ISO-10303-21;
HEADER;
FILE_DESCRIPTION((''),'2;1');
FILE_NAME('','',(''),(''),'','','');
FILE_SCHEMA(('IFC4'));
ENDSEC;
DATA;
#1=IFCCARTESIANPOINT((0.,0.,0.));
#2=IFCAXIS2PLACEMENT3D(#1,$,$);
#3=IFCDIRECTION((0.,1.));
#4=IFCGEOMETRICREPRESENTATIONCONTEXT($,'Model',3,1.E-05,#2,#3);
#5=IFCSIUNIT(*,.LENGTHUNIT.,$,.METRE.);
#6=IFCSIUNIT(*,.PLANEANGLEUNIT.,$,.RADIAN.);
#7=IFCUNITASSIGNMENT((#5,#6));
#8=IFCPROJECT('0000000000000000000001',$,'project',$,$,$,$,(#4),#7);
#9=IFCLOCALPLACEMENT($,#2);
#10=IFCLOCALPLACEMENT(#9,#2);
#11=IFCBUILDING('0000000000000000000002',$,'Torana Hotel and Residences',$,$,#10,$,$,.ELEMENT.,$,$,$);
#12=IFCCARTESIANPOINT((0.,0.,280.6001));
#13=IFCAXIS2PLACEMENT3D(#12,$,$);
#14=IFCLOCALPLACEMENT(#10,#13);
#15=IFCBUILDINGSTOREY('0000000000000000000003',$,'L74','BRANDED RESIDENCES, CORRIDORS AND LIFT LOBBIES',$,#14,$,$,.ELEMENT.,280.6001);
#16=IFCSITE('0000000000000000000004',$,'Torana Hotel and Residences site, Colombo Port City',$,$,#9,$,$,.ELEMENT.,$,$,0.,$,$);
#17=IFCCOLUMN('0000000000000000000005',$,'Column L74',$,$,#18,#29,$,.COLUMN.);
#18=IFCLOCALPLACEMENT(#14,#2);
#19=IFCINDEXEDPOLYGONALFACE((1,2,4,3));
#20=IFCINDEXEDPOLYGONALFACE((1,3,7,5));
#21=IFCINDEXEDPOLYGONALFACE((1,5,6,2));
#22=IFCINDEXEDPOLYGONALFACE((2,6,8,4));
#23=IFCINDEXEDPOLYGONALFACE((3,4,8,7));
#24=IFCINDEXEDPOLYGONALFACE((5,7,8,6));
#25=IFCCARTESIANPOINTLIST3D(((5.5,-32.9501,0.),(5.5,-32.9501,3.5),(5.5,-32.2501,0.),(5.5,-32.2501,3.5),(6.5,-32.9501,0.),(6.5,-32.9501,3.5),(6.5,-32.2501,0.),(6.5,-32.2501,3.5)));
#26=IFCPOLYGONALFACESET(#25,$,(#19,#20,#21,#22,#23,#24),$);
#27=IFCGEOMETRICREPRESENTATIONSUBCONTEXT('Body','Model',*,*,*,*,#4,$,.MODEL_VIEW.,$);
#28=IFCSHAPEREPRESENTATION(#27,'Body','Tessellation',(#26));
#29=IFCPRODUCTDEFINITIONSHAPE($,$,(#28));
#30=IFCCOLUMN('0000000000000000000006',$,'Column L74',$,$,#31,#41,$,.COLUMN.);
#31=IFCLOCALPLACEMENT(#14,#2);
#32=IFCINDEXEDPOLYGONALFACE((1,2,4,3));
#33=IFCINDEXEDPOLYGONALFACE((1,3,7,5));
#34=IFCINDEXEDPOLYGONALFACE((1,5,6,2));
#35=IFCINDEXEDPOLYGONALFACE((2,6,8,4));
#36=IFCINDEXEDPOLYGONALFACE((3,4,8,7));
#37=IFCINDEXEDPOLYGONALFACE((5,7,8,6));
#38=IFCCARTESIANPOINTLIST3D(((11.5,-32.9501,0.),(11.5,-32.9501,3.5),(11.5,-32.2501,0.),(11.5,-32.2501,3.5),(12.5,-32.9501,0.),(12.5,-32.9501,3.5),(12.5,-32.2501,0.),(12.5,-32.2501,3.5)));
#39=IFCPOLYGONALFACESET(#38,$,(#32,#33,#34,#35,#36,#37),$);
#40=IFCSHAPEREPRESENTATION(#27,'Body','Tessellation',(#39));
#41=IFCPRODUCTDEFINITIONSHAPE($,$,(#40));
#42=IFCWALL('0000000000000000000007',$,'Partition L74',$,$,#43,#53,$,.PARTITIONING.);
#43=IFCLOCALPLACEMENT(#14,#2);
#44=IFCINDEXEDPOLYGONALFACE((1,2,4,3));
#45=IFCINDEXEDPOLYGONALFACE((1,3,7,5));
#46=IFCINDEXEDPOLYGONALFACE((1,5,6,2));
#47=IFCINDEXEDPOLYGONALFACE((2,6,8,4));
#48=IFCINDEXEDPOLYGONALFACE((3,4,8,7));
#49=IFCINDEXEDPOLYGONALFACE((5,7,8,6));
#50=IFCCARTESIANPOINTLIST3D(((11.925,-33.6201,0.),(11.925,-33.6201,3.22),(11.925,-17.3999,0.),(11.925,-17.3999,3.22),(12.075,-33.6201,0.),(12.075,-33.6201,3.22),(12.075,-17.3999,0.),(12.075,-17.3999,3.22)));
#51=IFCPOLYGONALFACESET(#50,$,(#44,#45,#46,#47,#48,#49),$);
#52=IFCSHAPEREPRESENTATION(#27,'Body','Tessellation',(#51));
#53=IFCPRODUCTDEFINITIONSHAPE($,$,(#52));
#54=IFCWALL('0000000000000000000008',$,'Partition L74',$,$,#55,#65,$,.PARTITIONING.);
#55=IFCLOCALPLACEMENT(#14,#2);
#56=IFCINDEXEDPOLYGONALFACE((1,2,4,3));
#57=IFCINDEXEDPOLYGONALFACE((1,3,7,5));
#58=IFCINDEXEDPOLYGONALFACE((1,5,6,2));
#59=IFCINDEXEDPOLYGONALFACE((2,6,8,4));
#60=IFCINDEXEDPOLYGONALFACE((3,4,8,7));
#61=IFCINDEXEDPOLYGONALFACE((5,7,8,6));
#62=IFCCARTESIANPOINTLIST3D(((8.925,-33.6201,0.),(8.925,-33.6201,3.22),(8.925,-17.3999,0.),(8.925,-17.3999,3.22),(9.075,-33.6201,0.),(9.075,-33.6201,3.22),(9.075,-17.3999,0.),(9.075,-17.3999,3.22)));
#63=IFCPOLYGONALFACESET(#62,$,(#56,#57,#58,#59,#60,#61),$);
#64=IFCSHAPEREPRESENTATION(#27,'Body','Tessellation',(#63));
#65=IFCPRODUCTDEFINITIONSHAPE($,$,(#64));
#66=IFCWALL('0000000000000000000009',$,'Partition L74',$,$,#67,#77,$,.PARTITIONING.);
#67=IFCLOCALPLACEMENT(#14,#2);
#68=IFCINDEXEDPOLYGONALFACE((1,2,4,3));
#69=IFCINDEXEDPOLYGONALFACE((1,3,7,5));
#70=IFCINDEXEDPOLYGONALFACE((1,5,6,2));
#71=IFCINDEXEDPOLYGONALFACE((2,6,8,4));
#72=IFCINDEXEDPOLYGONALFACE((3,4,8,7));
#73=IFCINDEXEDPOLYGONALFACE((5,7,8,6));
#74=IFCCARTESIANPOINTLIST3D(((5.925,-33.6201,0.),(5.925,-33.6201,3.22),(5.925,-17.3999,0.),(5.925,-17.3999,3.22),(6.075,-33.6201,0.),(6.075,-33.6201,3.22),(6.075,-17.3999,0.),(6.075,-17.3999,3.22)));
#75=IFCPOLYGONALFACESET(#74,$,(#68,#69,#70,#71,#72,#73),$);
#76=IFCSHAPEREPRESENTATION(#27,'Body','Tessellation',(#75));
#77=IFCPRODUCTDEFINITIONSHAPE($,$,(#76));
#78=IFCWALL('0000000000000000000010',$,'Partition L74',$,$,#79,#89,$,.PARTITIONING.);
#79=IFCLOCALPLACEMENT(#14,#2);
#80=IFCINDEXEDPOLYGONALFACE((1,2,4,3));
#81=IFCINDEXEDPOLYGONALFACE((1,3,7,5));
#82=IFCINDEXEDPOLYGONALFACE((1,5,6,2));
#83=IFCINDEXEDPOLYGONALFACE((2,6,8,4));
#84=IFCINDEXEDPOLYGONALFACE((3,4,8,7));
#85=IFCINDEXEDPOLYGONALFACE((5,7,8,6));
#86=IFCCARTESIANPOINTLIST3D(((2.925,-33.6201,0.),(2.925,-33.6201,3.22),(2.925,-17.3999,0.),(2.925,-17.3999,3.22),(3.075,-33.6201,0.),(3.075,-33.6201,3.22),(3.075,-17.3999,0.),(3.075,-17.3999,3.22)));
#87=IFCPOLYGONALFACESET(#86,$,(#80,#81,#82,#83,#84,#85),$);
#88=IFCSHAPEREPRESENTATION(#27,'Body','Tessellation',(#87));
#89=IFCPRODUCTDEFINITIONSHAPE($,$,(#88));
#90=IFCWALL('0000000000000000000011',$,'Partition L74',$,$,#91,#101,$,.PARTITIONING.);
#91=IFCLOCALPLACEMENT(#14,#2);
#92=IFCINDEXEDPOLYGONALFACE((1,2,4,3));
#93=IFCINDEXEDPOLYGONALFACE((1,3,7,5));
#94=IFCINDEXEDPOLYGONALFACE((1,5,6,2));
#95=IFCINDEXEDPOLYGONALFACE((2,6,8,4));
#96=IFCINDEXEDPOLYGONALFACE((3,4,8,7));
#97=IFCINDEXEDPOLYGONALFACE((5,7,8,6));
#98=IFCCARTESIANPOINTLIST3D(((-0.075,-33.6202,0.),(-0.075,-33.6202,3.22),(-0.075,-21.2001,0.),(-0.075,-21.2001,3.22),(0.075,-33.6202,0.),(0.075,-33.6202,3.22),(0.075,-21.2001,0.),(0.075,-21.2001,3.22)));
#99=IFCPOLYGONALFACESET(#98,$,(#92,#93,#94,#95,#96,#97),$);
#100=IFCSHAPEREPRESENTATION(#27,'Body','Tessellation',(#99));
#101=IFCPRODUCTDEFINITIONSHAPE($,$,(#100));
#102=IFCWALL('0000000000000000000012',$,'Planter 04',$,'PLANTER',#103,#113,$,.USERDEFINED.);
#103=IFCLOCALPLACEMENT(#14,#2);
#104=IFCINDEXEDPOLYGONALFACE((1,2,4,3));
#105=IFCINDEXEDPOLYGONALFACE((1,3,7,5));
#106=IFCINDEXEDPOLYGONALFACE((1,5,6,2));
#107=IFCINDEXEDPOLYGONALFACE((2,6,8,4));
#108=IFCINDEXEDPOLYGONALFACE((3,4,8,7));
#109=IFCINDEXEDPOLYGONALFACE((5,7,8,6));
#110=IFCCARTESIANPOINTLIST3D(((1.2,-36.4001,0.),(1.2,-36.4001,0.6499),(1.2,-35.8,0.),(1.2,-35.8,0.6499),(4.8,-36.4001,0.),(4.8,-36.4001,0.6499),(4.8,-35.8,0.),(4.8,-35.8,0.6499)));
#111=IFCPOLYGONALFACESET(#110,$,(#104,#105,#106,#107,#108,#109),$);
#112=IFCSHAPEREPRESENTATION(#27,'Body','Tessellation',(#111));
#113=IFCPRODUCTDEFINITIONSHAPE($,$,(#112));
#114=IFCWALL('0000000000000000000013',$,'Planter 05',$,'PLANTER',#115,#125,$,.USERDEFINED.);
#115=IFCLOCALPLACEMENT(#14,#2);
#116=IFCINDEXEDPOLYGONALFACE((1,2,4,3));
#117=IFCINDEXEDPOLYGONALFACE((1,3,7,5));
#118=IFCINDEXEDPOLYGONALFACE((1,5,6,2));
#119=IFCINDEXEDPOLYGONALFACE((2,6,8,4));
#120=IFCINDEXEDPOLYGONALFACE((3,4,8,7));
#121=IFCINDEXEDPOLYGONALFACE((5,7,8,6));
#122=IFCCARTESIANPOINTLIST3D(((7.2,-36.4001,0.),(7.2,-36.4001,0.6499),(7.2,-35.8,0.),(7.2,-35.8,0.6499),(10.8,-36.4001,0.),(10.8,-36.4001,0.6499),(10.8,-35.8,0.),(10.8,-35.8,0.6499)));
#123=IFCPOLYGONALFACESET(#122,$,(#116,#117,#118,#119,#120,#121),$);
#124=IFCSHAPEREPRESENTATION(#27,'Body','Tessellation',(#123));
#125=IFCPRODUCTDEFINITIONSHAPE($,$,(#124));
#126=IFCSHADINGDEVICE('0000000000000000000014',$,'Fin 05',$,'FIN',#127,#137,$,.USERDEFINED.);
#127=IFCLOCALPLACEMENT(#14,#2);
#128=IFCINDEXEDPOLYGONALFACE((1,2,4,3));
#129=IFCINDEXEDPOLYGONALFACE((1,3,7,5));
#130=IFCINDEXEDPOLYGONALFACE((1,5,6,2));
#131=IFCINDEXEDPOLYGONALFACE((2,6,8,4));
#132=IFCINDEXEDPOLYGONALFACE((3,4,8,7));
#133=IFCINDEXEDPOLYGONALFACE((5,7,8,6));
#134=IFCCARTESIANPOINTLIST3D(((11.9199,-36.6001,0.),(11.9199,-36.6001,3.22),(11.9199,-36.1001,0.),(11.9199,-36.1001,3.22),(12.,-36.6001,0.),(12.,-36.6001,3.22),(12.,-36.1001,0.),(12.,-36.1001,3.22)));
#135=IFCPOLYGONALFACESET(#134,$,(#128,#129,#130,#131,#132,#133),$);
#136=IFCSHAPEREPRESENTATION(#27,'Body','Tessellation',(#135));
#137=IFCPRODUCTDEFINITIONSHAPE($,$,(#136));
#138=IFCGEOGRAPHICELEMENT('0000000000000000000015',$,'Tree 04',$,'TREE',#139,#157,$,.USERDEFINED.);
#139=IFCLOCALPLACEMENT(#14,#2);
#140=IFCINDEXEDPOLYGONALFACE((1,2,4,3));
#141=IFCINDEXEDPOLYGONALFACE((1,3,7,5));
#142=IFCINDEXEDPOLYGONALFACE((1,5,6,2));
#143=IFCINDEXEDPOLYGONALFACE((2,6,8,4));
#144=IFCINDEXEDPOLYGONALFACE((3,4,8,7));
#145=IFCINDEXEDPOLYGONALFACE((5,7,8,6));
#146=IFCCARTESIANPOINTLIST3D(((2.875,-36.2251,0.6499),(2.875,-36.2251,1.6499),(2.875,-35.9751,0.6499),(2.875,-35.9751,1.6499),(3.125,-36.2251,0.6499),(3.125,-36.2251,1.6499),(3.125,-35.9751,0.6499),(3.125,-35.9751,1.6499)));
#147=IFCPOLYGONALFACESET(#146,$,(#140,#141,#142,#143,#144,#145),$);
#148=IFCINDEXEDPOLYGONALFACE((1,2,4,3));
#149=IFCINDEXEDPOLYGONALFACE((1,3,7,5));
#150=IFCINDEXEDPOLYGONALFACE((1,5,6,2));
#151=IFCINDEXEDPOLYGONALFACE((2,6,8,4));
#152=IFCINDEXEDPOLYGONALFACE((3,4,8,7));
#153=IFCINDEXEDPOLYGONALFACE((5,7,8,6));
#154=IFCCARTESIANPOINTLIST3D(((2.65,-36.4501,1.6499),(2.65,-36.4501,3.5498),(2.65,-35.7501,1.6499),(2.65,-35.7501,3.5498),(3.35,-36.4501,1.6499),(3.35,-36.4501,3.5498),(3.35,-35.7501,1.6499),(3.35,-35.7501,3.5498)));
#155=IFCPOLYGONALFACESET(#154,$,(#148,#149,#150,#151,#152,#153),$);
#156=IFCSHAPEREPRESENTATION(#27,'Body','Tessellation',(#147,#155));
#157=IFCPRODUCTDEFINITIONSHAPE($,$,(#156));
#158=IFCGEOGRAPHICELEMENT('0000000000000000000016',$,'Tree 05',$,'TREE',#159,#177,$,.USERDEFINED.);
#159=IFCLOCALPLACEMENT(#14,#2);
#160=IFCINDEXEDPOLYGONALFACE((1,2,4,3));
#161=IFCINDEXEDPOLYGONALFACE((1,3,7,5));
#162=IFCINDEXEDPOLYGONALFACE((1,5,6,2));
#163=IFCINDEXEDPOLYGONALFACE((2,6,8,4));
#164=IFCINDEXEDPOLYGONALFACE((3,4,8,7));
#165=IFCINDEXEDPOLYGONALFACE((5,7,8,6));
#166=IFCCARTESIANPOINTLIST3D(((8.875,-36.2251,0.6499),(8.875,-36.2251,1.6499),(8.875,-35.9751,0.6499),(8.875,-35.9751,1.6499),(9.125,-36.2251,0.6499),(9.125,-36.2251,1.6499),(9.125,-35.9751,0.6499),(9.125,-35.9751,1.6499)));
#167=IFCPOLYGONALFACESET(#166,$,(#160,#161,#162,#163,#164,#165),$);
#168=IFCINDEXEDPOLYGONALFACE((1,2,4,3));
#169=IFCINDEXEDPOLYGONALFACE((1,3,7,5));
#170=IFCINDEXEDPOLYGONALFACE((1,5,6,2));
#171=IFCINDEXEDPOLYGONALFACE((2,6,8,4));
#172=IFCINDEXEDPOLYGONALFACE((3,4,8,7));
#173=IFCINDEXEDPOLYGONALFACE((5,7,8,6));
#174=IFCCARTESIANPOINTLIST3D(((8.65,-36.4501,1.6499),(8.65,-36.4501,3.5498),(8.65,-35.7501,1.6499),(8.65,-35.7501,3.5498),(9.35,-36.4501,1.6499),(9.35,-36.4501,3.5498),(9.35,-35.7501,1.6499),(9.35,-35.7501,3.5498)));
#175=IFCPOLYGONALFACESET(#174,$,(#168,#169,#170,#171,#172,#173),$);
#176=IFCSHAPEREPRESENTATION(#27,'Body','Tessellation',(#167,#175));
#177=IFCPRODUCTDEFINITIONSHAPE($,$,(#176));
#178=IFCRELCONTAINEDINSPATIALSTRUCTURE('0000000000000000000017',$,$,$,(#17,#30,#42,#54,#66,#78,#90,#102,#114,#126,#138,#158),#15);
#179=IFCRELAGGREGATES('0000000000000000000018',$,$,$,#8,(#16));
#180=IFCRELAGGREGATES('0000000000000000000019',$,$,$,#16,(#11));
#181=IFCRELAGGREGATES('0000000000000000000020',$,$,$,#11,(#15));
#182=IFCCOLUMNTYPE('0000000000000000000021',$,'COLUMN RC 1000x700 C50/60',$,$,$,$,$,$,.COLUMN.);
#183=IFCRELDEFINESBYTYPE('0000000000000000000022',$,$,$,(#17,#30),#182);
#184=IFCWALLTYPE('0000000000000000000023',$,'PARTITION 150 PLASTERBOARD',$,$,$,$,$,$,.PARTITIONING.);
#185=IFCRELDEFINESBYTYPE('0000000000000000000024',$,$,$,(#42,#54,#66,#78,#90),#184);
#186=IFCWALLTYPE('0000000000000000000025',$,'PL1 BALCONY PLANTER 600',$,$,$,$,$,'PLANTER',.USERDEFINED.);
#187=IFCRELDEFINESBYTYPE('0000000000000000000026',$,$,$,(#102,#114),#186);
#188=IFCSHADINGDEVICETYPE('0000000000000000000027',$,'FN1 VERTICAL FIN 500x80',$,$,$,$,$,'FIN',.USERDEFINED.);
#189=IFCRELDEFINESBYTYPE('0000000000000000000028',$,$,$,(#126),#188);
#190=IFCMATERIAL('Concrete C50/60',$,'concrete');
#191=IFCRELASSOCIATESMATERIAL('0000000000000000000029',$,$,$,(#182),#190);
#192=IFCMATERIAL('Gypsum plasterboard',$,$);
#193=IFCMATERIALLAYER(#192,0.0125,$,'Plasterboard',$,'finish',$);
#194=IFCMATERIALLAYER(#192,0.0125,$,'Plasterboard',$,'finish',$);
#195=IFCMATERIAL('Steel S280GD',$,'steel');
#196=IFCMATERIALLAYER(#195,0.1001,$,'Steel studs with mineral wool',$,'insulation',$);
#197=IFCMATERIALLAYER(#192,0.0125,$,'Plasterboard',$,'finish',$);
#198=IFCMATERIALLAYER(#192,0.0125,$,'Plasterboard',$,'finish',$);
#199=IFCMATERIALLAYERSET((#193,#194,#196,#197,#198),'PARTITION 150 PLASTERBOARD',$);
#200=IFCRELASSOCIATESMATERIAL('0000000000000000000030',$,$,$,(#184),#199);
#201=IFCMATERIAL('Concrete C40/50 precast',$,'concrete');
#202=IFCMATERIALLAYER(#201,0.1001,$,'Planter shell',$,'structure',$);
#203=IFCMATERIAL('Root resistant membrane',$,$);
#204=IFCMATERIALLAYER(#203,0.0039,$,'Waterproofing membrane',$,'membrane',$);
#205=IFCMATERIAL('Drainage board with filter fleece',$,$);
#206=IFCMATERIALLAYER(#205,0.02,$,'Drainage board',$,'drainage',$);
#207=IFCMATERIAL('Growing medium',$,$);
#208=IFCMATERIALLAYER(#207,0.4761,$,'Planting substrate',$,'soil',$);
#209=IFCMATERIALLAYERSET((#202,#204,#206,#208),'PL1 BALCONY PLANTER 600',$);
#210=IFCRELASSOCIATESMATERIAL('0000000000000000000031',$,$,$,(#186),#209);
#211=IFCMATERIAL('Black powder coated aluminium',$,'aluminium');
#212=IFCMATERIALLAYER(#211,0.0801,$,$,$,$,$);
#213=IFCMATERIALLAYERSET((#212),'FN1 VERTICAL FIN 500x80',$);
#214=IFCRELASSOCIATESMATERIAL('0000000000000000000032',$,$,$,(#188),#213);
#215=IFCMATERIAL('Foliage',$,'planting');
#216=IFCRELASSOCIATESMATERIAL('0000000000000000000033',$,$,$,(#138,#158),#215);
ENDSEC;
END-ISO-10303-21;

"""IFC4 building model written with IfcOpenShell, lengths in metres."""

from ifc_helpers import new_model, si_unit, direction, frame, frame_2d, origin, origin_2d, place, context, subcontext, project, spatial, rectangle, extrude, material, layer, layer_set, material_profile, profile_set, type_object, element, save


model = new_model("IFC4")

# Units and contexts
model_context = context("Model", 3, precision=1e-05, world=origin(), true_north=direction((0.0, 1.0)))
body_context = subcontext(model_context, "Body", "Model", "MODEL_VIEW")
ifc_project = project(units=[si_unit("LENGTHUNIT", "METRE"), si_unit("PLANEANGLEUNIT", "RADIAN")], contexts=[model_context])

# Site, building, storey
site_placement = place(None, origin())
site = spatial("IfcSite", under=ifc_project, at=site_placement, Name="Torana Hotel and Residences site, Colombo Port City", CompositionType="ELEMENT", RefElevation=0.0)
building_placement = place(site_placement, origin())
building = spatial("IfcBuilding", under=site, at=building_placement, Name="Torana Hotel and Residences", CompositionType="ELEMENT")
storey_placement = place(building_placement, frame((0.0, 0.0, 280.6001)))
storey = spatial("IfcBuildingStorey", under=building, at=storey_placement, Name="L74", Description="BRANDED RESIDENCES, CORRIDORS AND LIFT LOBBIES", CompositionType="ELEMENT", Elevation=280.6001)

# Columns
ifc_material_1 = material(Name="Concrete C50/60", Category="concrete")
ifc_material_profile = material_profile(ifc_material_1, rectangle(XDim=1.0, YDim=0.7, at=origin_2d()), Name="RC 1000x700")
ifc_profile_set = profile_set([ifc_material_profile], Name="Concrete C50/60")
column_type = type_object("IfcColumnType", Name="COLUMN RC 1000x700 C50/60", PredefinedType="COLUMN", material=ifc_profile_set)
for number, where, z_axis, x_axis, name in (
    (1, (6.0, -32.6001, 0.0), (0.0, 0.0, 1.0), (1.0, 0.0, 0.0), "Column L74"),
    (2, (12.0, -32.6001, 0.0), (0.0, 0.0, 1.0), (1.0, 0.0, 0.0), "Column L74"),
):
    element("IfcColumn", number, at=place(storey_placement, frame(where, z_axis=z_axis, x_axis=x_axis)), inside=storey, type_object=column_type, Name=name, PredefinedType="COLUMN", context=body_context, shape_type="SweptSolid", body=[
        extrude(rectangle(XDim=1.0, YDim=0.7, at=origin_2d()), origin(), (0.0, 0.0, 1.0), 3.5),
    ])

# Walls
ifc_material_2 = material(Name="Gypsum plasterboard")
ifc_layer_1 = layer(ifc_material_2, 0.0125, Name="Plasterboard", Category="finish")
ifc_layer_2 = layer(ifc_material_2, 0.0125, Name="Plasterboard", Category="finish")
ifc_material_3 = material(Name="Steel S280GD", Category="steel")
ifc_layer_3 = layer(ifc_material_3, 0.1001, Name="Steel studs with mineral wool", Category="insulation")
ifc_layer_4 = layer(ifc_material_2, 0.0125, Name="Plasterboard", Category="finish")
ifc_layer_5 = layer(ifc_material_2, 0.0125, Name="Plasterboard", Category="finish")
ifc_layer_set_1 = layer_set([ifc_layer_1, ifc_layer_2, ifc_layer_3, ifc_layer_4, ifc_layer_5], Name="PARTITION 150 PLASTERBOARD")
wall_type_1 = type_object("IfcWallType", Name="PARTITION 150 PLASTERBOARD", PredefinedType="PARTITIONING", material=ifc_layer_set_1)
for number, where, z_axis, x_axis, name in (
    (3, (12.0, -33.6201, 0.0), (0.0, 0.0, 1.0), (0.0, 1.0, 0.0), "Partition L74"),
    (4, (9.0, -33.6201, 0.0), (0.0, 0.0, 1.0), (0.0, 1.0, 0.0), "Partition L74"),
    (5, (6.0, -33.6201, 0.0), (0.0, 0.0, 1.0), (0.0, 1.0, 0.0), "Partition L74"),
    (6, (3.0, -33.6201, 0.0), (0.0, 0.0, 1.0), (0.0, 1.0, 0.0), "Partition L74"),
):
    element("IfcWall", number, at=place(storey_placement, frame(where, z_axis=z_axis, x_axis=x_axis)), inside=storey, type_object=wall_type_1, Name=name, PredefinedType="PARTITIONING", context=body_context, shape_type="SweptSolid", body=[
        extrude(rectangle(XDim=16.2202, YDim=0.1499, at=frame_2d((8.1101, 0.0))), origin(), (0.0, 0.0, 1.0), 3.22),
    ])
wall_placement = place(storey_placement, frame((0.0, -33.6201, 0.0), z_axis=(0.0, 0.0, 1.0), x_axis=(0.0, 1.0, 0.0)))
element("IfcWall", 7, at=wall_placement, inside=storey, type_object=wall_type_1, Name="Partition L74", PredefinedType="PARTITIONING", context=body_context, shape_type="SweptSolid", body=[
    extrude(rectangle(XDim=12.4202, YDim=0.1499, at=frame_2d((6.21, 0.0))), origin(), (0.0, 0.0, 1.0), 3.22),
])
ifc_material_4 = material(Name="Concrete C40/50 precast", Category="concrete")
ifc_layer_6 = layer(ifc_material_4, 0.1001, Name="Planter shell", Category="structure")
ifc_material_5 = material(Name="Root resistant membrane")
ifc_layer_7 = layer(ifc_material_5, 0.0039, Name="Waterproofing membrane", Category="membrane")
ifc_material_6 = material(Name="Drainage board with filter fleece")
ifc_layer_8 = layer(ifc_material_6, 0.02, Name="Drainage board", Category="drainage")
ifc_material_7 = material(Name="Growing medium")
ifc_layer_9 = layer(ifc_material_7, 0.4761, Name="Planting substrate", Category="soil")
ifc_layer_set_2 = layer_set([ifc_layer_6, ifc_layer_7, ifc_layer_8, ifc_layer_9], Name="PL1 BALCONY PLANTER 600")
wall_type_2 = type_object("IfcWallType", Name="PL1 BALCONY PLANTER 600", ElementType="PLANTER", PredefinedType="USERDEFINED", material=ifc_layer_set_2)
for number, where, z_axis, x_axis, name in (
    (8, (4.8, -36.1001, 0.0), (0.0, 0.0, 1.0), (-1.0, 0.0, 0.0), "Planter 04"),
    (9, (10.8, -36.1001, 0.0), (0.0, 0.0, 1.0), (-1.0, 0.0, 0.0), "Planter 05"),
):
    element("IfcWall", number, at=place(storey_placement, frame(where, z_axis=z_axis, x_axis=x_axis)), inside=storey, type_object=wall_type_2, Name=name, ObjectType="PLANTER", PredefinedType="USERDEFINED", context=body_context, shape_type="SweptSolid", body=[
        extrude(rectangle(XDim=3.6001, YDim=0.6001, at=frame_2d((1.8, 0.0))), origin(), (0.0, 0.0, 1.0), 0.6499),
    ])

# Shading device
ifc_material_8 = material(Name="Black powder coated aluminium", Category="aluminium")
ifc_layer_10 = layer(ifc_material_8, 0.0801)
ifc_layer_set_3 = layer_set([ifc_layer_10], Name="FN1 VERTICAL FIN 500x80")
shading_device_type = type_object("IfcShadingDeviceType", Name="FN1 VERTICAL FIN 500x80", ElementType="FIN", PredefinedType="USERDEFINED", material=ifc_layer_set_3)
shading_device_placement = place(storey_placement, frame((11.96, -36.3501, 0.0), z_axis=(0.0, 0.0, 1.0), x_axis=(-1.0, 0.0, 0.0)))
element("IfcShadingDevice", 10, at=shading_device_placement, inside=storey, type_object=shading_device_type, Name="Fin 05", ObjectType="FIN", PredefinedType="USERDEFINED", context=body_context, shape_type="SweptSolid", body=[
    extrude(rectangle(XDim=0.0801, YDim=0.5, at=origin_2d()), origin(), (0.0, 0.0, 1.0), 3.22),
])

# Geographic elements
ifc_material_9 = material(Name="Foliage", Category="planting")
for number, where, z_axis, x_axis, name in (
    (11, (3.0, -36.1001, 0.6499), (0.0, 0.0, 1.0), (1.0, 0.0, 0.0), "Tree 04"),
    (12, (9.0, -36.1001, 0.6499), (0.0, 0.0, 1.0), (1.0, 0.0, 0.0), "Tree 05"),
):
    element("IfcGeographicElement", number, at=place(storey_placement, frame(where, z_axis=z_axis, x_axis=x_axis)), inside=storey, material=ifc_material_9, Name=name, ObjectType="TREE", PredefinedType="USERDEFINED", context=body_context, shape_type="SweptSolid", body=[
        extrude(rectangle(XDim=0.25, YDim=0.25, at=origin_2d()), origin(), (0.0, 0.0, 1.0), 1.0),
        extrude(rectangle(XDim=0.7, YDim=0.7, at=origin_2d()), frame((0.0, 0.0, 1.0)), (0.0, 0.0, 1.0), 1.8999),
    ])

save(model, "model.ifc")
